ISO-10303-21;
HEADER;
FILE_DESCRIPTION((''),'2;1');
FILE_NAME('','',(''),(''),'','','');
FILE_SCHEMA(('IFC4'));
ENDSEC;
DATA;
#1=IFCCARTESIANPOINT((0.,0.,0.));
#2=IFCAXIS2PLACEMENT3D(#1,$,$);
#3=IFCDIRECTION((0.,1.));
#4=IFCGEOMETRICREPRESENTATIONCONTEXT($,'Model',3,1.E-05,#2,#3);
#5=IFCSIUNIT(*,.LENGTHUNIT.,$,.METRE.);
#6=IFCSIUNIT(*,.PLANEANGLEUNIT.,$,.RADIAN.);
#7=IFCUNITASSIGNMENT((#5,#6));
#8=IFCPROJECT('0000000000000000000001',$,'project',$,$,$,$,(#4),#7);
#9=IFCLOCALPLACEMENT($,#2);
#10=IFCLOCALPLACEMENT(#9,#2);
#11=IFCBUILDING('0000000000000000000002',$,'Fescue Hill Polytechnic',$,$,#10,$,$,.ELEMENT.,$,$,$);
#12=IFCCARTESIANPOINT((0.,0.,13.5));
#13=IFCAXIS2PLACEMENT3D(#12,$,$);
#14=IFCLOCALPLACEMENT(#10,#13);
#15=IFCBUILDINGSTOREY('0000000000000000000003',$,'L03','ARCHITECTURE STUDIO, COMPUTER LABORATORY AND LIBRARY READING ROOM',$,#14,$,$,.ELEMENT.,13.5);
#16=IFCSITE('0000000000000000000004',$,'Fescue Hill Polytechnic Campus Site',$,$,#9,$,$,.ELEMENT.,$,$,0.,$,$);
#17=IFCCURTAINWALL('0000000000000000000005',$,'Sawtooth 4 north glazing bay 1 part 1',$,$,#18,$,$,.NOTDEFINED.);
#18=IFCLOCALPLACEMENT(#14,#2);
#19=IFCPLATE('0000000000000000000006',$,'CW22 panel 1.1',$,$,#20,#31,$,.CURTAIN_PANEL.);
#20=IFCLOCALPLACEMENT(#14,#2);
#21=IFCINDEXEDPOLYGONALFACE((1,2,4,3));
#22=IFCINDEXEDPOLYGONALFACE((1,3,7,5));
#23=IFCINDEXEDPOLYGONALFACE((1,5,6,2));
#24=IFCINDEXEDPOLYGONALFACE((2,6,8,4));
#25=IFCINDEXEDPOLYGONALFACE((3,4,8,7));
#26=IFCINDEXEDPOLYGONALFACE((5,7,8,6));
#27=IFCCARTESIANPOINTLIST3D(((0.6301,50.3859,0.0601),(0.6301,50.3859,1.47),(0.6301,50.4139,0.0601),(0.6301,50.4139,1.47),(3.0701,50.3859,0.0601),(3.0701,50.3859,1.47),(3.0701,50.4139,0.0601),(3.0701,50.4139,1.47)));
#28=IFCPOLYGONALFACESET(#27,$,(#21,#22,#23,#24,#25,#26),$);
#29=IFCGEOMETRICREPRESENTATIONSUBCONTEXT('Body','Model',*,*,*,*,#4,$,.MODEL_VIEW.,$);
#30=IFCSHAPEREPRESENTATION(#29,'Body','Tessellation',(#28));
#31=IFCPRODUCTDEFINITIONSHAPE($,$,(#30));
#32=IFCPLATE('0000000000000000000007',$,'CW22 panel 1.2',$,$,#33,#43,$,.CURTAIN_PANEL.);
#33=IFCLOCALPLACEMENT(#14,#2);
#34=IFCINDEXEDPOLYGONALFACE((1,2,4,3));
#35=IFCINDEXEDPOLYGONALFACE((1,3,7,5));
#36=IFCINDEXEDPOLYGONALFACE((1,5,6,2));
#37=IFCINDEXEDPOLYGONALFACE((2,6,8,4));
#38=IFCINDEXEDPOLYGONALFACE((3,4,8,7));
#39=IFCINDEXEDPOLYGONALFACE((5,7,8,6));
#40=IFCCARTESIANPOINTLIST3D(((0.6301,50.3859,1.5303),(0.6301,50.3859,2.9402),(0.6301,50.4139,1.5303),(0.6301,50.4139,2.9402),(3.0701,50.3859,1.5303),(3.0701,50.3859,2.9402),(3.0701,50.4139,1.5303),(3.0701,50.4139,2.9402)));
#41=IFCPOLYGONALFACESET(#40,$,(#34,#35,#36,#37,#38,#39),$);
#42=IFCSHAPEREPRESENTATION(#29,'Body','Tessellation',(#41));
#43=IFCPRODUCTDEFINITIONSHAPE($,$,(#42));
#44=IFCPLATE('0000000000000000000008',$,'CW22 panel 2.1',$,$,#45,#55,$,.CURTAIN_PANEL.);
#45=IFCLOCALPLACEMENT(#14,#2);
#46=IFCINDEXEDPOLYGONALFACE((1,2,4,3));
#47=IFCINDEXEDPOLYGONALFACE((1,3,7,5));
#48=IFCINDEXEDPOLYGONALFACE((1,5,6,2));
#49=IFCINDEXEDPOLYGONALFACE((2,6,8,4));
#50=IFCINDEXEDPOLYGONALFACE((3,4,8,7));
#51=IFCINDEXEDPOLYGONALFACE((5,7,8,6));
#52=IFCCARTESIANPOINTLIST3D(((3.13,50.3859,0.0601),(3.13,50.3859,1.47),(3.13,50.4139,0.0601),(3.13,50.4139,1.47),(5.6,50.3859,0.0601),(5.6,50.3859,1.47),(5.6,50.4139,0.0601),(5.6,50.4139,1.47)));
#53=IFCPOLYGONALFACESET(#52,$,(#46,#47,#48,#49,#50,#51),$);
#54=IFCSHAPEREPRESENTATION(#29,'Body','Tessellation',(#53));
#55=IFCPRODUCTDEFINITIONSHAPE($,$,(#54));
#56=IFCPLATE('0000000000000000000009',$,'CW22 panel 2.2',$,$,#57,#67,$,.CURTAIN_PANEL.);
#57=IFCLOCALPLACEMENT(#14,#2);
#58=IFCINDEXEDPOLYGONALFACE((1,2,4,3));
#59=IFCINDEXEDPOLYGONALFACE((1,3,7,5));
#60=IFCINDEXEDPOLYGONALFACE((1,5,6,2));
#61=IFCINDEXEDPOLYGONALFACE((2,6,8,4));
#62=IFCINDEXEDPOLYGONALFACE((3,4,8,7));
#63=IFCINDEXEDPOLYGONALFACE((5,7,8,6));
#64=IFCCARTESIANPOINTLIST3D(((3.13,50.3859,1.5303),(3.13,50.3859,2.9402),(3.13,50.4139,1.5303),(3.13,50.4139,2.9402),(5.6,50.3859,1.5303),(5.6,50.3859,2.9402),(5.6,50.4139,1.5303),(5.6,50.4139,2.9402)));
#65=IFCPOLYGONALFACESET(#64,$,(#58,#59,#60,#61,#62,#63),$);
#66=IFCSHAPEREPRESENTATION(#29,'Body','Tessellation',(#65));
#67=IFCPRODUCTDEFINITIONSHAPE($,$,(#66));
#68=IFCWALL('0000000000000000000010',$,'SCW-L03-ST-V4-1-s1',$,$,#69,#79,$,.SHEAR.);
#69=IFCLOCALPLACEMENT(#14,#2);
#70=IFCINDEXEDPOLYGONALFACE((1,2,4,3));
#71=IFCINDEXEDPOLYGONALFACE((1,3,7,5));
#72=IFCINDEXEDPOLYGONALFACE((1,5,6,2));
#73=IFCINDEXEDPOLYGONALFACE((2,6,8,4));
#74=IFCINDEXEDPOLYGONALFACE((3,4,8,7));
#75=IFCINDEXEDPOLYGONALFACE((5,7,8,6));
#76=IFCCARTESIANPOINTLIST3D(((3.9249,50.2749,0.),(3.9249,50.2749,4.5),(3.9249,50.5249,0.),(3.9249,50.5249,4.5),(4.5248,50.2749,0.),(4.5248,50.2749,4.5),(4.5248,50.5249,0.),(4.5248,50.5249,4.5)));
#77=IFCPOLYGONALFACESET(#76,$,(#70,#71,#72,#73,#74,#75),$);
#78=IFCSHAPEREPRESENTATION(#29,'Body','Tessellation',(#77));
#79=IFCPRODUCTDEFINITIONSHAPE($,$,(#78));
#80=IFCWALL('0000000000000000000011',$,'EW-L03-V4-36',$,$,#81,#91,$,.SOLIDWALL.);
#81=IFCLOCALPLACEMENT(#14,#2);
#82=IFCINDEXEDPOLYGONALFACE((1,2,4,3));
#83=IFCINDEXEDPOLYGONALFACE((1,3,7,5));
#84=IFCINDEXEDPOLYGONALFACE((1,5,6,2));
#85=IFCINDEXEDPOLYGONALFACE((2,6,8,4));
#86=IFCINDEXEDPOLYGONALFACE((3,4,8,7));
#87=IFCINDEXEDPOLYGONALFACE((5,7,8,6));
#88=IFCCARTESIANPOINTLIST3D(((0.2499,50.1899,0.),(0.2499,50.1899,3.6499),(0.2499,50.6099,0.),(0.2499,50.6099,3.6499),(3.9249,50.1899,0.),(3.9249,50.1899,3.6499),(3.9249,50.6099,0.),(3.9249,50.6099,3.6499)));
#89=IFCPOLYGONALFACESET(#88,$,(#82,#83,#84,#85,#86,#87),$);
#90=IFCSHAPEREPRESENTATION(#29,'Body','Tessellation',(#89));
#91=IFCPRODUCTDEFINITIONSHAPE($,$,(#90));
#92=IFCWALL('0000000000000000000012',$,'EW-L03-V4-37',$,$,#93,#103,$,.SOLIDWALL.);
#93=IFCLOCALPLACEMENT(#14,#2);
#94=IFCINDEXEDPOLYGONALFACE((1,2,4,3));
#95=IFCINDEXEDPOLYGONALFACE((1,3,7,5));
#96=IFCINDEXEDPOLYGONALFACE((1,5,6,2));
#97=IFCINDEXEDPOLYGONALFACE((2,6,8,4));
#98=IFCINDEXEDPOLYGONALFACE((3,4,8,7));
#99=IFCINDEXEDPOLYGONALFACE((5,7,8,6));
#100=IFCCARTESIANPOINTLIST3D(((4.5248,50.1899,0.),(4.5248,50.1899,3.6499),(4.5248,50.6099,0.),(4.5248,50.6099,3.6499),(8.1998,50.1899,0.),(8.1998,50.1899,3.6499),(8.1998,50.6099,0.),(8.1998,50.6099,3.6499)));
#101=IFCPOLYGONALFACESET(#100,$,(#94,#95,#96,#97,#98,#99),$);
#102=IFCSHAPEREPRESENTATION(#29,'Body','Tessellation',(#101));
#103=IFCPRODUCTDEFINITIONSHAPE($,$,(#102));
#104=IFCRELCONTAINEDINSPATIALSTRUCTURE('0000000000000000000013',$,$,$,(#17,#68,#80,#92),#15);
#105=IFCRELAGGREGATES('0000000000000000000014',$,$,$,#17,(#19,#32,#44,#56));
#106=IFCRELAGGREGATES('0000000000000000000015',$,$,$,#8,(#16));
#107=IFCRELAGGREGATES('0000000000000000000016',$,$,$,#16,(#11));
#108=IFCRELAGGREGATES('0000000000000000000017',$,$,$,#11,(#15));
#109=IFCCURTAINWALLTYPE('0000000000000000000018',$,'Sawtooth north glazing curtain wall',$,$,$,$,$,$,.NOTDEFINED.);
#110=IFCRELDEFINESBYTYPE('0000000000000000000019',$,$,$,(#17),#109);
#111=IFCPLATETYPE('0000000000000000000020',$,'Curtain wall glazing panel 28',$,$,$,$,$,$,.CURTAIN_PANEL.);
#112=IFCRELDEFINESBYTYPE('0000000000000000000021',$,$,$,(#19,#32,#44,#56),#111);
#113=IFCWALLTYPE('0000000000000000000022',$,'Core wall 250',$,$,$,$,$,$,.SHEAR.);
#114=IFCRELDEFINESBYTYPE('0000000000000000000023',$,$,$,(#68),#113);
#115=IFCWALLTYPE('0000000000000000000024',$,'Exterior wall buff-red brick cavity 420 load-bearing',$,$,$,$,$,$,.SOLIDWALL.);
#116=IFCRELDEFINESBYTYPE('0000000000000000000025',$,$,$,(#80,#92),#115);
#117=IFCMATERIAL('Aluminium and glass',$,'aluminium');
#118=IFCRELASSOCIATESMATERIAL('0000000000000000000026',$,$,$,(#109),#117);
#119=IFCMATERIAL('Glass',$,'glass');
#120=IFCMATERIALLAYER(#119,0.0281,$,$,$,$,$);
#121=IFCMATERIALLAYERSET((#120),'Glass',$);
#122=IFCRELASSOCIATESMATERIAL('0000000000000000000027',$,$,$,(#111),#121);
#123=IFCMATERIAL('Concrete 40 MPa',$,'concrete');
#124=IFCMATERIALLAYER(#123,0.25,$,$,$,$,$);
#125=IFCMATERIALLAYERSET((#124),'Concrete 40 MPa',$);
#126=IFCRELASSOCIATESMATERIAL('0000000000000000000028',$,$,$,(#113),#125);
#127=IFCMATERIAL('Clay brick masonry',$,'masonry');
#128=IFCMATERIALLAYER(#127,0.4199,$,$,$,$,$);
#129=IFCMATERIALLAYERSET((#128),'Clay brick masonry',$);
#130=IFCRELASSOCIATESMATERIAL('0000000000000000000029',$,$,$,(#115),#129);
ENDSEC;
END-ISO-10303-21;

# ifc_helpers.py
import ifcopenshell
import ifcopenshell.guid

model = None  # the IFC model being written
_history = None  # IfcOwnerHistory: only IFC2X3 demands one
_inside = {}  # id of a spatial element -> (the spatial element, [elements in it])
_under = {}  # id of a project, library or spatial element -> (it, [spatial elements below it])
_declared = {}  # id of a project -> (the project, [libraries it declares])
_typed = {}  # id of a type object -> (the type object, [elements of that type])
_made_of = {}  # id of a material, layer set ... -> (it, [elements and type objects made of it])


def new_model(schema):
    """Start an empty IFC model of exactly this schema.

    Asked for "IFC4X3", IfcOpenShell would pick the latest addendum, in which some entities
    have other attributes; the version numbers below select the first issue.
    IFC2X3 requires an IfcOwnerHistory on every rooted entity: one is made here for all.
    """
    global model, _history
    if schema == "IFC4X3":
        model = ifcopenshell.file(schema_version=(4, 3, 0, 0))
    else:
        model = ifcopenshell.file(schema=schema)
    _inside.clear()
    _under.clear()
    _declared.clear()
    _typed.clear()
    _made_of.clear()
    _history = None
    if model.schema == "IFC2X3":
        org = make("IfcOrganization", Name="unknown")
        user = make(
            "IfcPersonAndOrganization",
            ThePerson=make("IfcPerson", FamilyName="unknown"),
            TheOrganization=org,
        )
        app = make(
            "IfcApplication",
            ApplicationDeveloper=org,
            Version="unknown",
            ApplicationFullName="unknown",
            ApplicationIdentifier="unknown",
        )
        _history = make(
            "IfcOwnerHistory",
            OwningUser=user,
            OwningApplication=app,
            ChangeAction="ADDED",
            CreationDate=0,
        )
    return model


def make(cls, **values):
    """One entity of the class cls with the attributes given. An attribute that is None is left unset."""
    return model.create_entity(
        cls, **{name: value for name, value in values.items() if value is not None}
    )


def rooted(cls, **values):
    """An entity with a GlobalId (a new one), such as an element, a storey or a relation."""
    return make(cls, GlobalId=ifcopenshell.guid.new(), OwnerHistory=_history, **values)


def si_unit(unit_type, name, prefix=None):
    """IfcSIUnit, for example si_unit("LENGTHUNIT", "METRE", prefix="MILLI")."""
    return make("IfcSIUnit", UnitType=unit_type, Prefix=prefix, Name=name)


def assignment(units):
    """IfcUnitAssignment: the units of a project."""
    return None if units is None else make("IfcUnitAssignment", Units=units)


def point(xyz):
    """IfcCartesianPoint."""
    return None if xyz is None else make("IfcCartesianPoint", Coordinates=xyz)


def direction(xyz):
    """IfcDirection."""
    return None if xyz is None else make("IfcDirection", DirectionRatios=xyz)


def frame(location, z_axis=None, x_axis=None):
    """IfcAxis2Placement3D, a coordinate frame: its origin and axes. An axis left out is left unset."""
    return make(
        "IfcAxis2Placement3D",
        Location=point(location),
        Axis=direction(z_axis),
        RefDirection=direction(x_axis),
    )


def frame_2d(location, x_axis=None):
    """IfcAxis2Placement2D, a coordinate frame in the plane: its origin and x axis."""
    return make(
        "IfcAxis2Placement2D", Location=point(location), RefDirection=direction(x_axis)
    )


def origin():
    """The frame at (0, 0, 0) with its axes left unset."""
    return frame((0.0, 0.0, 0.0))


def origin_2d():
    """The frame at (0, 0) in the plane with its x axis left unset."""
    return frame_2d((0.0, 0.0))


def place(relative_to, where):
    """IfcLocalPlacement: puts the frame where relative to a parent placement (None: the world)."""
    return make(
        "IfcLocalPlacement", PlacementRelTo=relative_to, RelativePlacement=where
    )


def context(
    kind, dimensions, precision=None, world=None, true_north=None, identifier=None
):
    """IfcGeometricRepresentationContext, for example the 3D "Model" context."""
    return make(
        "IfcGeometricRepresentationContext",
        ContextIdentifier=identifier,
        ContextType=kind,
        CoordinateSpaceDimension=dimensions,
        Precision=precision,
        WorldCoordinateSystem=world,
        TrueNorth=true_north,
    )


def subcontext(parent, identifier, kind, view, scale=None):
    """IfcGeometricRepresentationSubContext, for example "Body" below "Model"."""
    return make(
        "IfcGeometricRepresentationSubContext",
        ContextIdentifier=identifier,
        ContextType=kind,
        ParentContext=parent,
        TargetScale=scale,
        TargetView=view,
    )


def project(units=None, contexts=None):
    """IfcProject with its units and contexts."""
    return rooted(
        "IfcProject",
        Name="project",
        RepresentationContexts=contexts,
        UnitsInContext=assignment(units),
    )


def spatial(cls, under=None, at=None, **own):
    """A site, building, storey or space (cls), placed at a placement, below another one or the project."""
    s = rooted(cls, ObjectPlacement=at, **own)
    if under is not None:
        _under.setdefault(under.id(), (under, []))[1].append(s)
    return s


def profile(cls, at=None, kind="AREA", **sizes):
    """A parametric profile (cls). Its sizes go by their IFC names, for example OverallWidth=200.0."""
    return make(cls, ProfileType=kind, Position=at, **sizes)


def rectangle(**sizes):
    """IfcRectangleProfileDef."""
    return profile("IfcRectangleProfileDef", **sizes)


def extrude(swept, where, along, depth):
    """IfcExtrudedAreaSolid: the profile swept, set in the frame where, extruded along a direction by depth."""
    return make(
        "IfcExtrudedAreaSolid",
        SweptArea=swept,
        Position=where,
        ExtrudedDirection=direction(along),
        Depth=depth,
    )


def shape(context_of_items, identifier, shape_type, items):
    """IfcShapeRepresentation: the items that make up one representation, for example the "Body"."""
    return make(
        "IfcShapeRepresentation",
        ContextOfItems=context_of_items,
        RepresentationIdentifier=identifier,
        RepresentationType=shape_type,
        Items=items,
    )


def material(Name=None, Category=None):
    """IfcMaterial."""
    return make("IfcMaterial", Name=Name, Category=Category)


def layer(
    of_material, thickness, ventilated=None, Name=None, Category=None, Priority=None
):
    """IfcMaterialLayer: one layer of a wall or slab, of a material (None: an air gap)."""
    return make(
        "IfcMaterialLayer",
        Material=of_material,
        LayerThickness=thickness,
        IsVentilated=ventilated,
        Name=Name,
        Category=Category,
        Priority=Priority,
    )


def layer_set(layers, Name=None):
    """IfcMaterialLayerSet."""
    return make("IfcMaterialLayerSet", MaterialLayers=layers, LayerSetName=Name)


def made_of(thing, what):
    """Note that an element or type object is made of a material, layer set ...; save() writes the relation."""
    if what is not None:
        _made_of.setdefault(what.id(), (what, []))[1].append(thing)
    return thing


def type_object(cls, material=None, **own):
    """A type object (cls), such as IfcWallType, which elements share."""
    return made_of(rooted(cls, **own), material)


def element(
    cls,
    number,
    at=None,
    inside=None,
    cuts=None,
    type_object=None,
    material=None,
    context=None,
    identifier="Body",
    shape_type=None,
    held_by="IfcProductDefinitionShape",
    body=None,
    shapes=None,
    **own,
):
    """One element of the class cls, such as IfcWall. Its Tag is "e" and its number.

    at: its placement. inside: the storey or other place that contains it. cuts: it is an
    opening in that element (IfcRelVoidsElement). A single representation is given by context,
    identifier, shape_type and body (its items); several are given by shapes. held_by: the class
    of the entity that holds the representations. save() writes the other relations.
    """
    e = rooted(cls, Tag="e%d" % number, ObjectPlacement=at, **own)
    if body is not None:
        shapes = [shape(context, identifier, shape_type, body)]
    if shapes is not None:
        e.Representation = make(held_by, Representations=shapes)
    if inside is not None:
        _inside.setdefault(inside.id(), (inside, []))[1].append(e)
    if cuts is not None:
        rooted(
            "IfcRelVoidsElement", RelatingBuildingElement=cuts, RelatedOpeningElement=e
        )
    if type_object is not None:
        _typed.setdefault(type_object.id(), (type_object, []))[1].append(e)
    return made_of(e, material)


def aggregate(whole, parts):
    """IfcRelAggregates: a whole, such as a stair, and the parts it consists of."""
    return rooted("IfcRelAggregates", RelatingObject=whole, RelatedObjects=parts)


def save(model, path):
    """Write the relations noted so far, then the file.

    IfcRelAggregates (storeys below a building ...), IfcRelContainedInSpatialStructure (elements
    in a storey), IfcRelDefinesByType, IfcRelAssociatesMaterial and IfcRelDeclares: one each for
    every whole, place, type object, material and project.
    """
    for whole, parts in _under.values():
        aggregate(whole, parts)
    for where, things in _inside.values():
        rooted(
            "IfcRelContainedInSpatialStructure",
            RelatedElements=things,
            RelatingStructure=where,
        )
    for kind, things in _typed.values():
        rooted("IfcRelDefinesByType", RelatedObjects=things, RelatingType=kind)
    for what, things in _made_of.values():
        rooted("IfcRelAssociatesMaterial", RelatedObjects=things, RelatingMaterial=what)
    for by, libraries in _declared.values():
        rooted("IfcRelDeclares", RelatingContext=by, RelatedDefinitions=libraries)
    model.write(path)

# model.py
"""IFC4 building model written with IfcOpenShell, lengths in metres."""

from ifc_helpers import new_model, si_unit, direction, frame, frame_2d, origin, origin_2d, place, context, subcontext, project, spatial, rectangle, extrude, material, layer, layer_set, type_object, element, aggregate, save


model = new_model("IFC4")

# Units and contexts
model_context = context("Model", 3, precision=1e-05, world=origin(), true_north=direction((0.0, 1.0)))
body_context = subcontext(model_context, "Body", "Model", "MODEL_VIEW")
ifc_project = project(units=[si_unit("LENGTHUNIT", "METRE"), si_unit("PLANEANGLEUNIT", "RADIAN")], contexts=[model_context])

# Site, building, storey
site_placement = place(None, origin())
site = spatial("IfcSite", under=ifc_project, at=site_placement, Name="Fescue Hill Polytechnic Campus Site", CompositionType="ELEMENT", RefElevation=0.0)
building_placement = place(site_placement, origin())
building = spatial("IfcBuilding", under=site, at=building_placement, Name="Fescue Hill Polytechnic", CompositionType="ELEMENT")
storey_placement = place(building_placement, frame((0.0, 0.0, 13.5)))
storey = spatial("IfcBuildingStorey", under=building, at=storey_placement, Name="L03", Description="ARCHITECTURE STUDIO, COMPUTER LABORATORY AND LIBRARY READING ROOM", CompositionType="ELEMENT", Elevation=13.5)

# Shared definitions
ifc_material_1 = material(Name="Concrete 40 MPa", Category="concrete")

# Curtain wall, plates
ifc_material_2 = material(Name="Aluminium and glass", Category="aluminium")
curtain_wall_type = type_object("IfcCurtainWallType", Name="Sawtooth north glazing curtain wall", PredefinedType="NOTDEFINED", material=ifc_material_2)
curtain_wall_placement = place(storey_placement, origin())
curtain_wall = element("IfcCurtainWall", 1, at=curtain_wall_placement, inside=storey, type_object=curtain_wall_type, Name="Sawtooth 4 north glazing bay 1 part 1", PredefinedType="NOTDEFINED")
ifc_material_3 = material(Name="Glass", Category="glass")
ifc_layer_1 = layer(ifc_material_3, 0.0281)
ifc_layer_set_1 = layer_set([ifc_layer_1], Name="Glass")
plate_type = type_object("IfcPlateType", Name="Curtain wall glazing panel 28", PredefinedType="CURTAIN_PANEL", material=ifc_layer_set_1)
plate_1_placement = place(storey_placement, frame((1.8501, 50.3999, 0.0601), z_axis=(0.0, 0.0, 1.0), x_axis=(1.0, 0.0, 0.0)))
plate_1 = element("IfcPlate", 2, at=plate_1_placement, type_object=plate_type, Name="CW22 panel 1.1", PredefinedType="CURTAIN_PANEL", context=body_context, shape_type="SweptSolid", body=[
    extrude(rectangle(XDim=2.4399, YDim=0.0281, at=origin_2d()), origin(), (0.0, 0.0, 1.0), 1.4099),
])
plate_2_placement = place(storey_placement, frame((1.8501, 50.3999, 1.5303), z_axis=(0.0, 0.0, 1.0), x_axis=(1.0, 0.0, 0.0)))
plate_2 = element("IfcPlate", 3, at=plate_2_placement, type_object=plate_type, Name="CW22 panel 1.2", PredefinedType="CURTAIN_PANEL", context=body_context, shape_type="SweptSolid", body=[
    extrude(rectangle(XDim=2.4399, YDim=0.0281, at=origin_2d()), origin(), (0.0, 0.0, 1.0), 1.4099),
])
plate_3_placement = place(storey_placement, frame((4.365, 50.3999, 0.0601), z_axis=(0.0, 0.0, 1.0), x_axis=(1.0, 0.0, 0.0)))
plate_3 = element("IfcPlate", 4, at=plate_3_placement, type_object=plate_type, Name="CW22 panel 2.1", PredefinedType="CURTAIN_PANEL", context=body_context, shape_type="SweptSolid", body=[
    extrude(rectangle(XDim=2.47, YDim=0.0281, at=origin_2d()), origin(), (0.0, 0.0, 1.0), 1.4099),
])
plate_4_placement = place(storey_placement, frame((4.365, 50.3999, 1.5303), z_axis=(0.0, 0.0, 1.0), x_axis=(1.0, 0.0, 0.0)))
plate_4 = element("IfcPlate", 5, at=plate_4_placement, type_object=plate_type, Name="CW22 panel 2.2", PredefinedType="CURTAIN_PANEL", context=body_context, shape_type="SweptSolid", body=[
    extrude(rectangle(XDim=2.47, YDim=0.0281, at=origin_2d()), origin(), (0.0, 0.0, 1.0), 1.4099),
])
aggregate(curtain_wall, [plate_1, plate_2, plate_3, plate_4])

# Walls
ifc_layer_2 = layer(ifc_material_1, 0.25)
ifc_layer_set_2 = layer_set([ifc_layer_2], Name="Concrete 40 MPa")
wall_type_1 = type_object("IfcWallType", Name="Core wall 250", PredefinedType="SHEAR", material=ifc_layer_set_2)
wall_placement = place(storey_placement, frame((3.925, 50.3999, 0.0), z_axis=(0.0, 0.0, 1.0), x_axis=(1.0, 0.0, 0.0)))
element("IfcWall", 6, at=wall_placement, inside=storey, type_object=wall_type_1, Name="SCW-L03-ST-V4-1-s1", PredefinedType="SHEAR", context=body_context, shape_type="SweptSolid", body=[
    extrude(rectangle(XDim=0.5999, YDim=0.25, at=frame_2d((0.2998, 0.0))), origin(), (0.0, 0.0, 1.0), 4.5),
])
ifc_material_4 = material(Name="Clay brick masonry", Category="masonry")
ifc_layer_3 = layer(ifc_material_4, 0.4199)
ifc_layer_set_3 = layer_set([ifc_layer_3], Name="Clay brick masonry")
wall_type_2 = type_object("IfcWallType", Name="Exterior wall buff-red brick cavity 420 load-bearing", PredefinedType="SOLIDWALL", material=ifc_layer_set_3)
for number, where, z_axis, x_axis, name in (
    (7, (0.25, 50.3999, 0.0), (0.0, 0.0, 1.0), (1.0, 0.0, 0.0), "EW-L03-V4-36"),
    (8, (4.5249, 50.3999, 0.0), (0.0, 0.0, 1.0), (1.0, 0.0, 0.0), "EW-L03-V4-37"),
):
    element("IfcWall", number, at=place(storey_placement, frame(where, z_axis=z_axis, x_axis=x_axis)), inside=storey, type_object=wall_type_2, Name=name, PredefinedType="SOLIDWALL", context=body_context, shape_type="SweptSolid", body=[
        extrude(rectangle(XDim=3.675, YDim=0.4199, at=frame_2d((1.8374, 0.0))), origin(), (0.0, 0.0, 1.0), 3.6499),
    ])

save(model, "model.ifc")
